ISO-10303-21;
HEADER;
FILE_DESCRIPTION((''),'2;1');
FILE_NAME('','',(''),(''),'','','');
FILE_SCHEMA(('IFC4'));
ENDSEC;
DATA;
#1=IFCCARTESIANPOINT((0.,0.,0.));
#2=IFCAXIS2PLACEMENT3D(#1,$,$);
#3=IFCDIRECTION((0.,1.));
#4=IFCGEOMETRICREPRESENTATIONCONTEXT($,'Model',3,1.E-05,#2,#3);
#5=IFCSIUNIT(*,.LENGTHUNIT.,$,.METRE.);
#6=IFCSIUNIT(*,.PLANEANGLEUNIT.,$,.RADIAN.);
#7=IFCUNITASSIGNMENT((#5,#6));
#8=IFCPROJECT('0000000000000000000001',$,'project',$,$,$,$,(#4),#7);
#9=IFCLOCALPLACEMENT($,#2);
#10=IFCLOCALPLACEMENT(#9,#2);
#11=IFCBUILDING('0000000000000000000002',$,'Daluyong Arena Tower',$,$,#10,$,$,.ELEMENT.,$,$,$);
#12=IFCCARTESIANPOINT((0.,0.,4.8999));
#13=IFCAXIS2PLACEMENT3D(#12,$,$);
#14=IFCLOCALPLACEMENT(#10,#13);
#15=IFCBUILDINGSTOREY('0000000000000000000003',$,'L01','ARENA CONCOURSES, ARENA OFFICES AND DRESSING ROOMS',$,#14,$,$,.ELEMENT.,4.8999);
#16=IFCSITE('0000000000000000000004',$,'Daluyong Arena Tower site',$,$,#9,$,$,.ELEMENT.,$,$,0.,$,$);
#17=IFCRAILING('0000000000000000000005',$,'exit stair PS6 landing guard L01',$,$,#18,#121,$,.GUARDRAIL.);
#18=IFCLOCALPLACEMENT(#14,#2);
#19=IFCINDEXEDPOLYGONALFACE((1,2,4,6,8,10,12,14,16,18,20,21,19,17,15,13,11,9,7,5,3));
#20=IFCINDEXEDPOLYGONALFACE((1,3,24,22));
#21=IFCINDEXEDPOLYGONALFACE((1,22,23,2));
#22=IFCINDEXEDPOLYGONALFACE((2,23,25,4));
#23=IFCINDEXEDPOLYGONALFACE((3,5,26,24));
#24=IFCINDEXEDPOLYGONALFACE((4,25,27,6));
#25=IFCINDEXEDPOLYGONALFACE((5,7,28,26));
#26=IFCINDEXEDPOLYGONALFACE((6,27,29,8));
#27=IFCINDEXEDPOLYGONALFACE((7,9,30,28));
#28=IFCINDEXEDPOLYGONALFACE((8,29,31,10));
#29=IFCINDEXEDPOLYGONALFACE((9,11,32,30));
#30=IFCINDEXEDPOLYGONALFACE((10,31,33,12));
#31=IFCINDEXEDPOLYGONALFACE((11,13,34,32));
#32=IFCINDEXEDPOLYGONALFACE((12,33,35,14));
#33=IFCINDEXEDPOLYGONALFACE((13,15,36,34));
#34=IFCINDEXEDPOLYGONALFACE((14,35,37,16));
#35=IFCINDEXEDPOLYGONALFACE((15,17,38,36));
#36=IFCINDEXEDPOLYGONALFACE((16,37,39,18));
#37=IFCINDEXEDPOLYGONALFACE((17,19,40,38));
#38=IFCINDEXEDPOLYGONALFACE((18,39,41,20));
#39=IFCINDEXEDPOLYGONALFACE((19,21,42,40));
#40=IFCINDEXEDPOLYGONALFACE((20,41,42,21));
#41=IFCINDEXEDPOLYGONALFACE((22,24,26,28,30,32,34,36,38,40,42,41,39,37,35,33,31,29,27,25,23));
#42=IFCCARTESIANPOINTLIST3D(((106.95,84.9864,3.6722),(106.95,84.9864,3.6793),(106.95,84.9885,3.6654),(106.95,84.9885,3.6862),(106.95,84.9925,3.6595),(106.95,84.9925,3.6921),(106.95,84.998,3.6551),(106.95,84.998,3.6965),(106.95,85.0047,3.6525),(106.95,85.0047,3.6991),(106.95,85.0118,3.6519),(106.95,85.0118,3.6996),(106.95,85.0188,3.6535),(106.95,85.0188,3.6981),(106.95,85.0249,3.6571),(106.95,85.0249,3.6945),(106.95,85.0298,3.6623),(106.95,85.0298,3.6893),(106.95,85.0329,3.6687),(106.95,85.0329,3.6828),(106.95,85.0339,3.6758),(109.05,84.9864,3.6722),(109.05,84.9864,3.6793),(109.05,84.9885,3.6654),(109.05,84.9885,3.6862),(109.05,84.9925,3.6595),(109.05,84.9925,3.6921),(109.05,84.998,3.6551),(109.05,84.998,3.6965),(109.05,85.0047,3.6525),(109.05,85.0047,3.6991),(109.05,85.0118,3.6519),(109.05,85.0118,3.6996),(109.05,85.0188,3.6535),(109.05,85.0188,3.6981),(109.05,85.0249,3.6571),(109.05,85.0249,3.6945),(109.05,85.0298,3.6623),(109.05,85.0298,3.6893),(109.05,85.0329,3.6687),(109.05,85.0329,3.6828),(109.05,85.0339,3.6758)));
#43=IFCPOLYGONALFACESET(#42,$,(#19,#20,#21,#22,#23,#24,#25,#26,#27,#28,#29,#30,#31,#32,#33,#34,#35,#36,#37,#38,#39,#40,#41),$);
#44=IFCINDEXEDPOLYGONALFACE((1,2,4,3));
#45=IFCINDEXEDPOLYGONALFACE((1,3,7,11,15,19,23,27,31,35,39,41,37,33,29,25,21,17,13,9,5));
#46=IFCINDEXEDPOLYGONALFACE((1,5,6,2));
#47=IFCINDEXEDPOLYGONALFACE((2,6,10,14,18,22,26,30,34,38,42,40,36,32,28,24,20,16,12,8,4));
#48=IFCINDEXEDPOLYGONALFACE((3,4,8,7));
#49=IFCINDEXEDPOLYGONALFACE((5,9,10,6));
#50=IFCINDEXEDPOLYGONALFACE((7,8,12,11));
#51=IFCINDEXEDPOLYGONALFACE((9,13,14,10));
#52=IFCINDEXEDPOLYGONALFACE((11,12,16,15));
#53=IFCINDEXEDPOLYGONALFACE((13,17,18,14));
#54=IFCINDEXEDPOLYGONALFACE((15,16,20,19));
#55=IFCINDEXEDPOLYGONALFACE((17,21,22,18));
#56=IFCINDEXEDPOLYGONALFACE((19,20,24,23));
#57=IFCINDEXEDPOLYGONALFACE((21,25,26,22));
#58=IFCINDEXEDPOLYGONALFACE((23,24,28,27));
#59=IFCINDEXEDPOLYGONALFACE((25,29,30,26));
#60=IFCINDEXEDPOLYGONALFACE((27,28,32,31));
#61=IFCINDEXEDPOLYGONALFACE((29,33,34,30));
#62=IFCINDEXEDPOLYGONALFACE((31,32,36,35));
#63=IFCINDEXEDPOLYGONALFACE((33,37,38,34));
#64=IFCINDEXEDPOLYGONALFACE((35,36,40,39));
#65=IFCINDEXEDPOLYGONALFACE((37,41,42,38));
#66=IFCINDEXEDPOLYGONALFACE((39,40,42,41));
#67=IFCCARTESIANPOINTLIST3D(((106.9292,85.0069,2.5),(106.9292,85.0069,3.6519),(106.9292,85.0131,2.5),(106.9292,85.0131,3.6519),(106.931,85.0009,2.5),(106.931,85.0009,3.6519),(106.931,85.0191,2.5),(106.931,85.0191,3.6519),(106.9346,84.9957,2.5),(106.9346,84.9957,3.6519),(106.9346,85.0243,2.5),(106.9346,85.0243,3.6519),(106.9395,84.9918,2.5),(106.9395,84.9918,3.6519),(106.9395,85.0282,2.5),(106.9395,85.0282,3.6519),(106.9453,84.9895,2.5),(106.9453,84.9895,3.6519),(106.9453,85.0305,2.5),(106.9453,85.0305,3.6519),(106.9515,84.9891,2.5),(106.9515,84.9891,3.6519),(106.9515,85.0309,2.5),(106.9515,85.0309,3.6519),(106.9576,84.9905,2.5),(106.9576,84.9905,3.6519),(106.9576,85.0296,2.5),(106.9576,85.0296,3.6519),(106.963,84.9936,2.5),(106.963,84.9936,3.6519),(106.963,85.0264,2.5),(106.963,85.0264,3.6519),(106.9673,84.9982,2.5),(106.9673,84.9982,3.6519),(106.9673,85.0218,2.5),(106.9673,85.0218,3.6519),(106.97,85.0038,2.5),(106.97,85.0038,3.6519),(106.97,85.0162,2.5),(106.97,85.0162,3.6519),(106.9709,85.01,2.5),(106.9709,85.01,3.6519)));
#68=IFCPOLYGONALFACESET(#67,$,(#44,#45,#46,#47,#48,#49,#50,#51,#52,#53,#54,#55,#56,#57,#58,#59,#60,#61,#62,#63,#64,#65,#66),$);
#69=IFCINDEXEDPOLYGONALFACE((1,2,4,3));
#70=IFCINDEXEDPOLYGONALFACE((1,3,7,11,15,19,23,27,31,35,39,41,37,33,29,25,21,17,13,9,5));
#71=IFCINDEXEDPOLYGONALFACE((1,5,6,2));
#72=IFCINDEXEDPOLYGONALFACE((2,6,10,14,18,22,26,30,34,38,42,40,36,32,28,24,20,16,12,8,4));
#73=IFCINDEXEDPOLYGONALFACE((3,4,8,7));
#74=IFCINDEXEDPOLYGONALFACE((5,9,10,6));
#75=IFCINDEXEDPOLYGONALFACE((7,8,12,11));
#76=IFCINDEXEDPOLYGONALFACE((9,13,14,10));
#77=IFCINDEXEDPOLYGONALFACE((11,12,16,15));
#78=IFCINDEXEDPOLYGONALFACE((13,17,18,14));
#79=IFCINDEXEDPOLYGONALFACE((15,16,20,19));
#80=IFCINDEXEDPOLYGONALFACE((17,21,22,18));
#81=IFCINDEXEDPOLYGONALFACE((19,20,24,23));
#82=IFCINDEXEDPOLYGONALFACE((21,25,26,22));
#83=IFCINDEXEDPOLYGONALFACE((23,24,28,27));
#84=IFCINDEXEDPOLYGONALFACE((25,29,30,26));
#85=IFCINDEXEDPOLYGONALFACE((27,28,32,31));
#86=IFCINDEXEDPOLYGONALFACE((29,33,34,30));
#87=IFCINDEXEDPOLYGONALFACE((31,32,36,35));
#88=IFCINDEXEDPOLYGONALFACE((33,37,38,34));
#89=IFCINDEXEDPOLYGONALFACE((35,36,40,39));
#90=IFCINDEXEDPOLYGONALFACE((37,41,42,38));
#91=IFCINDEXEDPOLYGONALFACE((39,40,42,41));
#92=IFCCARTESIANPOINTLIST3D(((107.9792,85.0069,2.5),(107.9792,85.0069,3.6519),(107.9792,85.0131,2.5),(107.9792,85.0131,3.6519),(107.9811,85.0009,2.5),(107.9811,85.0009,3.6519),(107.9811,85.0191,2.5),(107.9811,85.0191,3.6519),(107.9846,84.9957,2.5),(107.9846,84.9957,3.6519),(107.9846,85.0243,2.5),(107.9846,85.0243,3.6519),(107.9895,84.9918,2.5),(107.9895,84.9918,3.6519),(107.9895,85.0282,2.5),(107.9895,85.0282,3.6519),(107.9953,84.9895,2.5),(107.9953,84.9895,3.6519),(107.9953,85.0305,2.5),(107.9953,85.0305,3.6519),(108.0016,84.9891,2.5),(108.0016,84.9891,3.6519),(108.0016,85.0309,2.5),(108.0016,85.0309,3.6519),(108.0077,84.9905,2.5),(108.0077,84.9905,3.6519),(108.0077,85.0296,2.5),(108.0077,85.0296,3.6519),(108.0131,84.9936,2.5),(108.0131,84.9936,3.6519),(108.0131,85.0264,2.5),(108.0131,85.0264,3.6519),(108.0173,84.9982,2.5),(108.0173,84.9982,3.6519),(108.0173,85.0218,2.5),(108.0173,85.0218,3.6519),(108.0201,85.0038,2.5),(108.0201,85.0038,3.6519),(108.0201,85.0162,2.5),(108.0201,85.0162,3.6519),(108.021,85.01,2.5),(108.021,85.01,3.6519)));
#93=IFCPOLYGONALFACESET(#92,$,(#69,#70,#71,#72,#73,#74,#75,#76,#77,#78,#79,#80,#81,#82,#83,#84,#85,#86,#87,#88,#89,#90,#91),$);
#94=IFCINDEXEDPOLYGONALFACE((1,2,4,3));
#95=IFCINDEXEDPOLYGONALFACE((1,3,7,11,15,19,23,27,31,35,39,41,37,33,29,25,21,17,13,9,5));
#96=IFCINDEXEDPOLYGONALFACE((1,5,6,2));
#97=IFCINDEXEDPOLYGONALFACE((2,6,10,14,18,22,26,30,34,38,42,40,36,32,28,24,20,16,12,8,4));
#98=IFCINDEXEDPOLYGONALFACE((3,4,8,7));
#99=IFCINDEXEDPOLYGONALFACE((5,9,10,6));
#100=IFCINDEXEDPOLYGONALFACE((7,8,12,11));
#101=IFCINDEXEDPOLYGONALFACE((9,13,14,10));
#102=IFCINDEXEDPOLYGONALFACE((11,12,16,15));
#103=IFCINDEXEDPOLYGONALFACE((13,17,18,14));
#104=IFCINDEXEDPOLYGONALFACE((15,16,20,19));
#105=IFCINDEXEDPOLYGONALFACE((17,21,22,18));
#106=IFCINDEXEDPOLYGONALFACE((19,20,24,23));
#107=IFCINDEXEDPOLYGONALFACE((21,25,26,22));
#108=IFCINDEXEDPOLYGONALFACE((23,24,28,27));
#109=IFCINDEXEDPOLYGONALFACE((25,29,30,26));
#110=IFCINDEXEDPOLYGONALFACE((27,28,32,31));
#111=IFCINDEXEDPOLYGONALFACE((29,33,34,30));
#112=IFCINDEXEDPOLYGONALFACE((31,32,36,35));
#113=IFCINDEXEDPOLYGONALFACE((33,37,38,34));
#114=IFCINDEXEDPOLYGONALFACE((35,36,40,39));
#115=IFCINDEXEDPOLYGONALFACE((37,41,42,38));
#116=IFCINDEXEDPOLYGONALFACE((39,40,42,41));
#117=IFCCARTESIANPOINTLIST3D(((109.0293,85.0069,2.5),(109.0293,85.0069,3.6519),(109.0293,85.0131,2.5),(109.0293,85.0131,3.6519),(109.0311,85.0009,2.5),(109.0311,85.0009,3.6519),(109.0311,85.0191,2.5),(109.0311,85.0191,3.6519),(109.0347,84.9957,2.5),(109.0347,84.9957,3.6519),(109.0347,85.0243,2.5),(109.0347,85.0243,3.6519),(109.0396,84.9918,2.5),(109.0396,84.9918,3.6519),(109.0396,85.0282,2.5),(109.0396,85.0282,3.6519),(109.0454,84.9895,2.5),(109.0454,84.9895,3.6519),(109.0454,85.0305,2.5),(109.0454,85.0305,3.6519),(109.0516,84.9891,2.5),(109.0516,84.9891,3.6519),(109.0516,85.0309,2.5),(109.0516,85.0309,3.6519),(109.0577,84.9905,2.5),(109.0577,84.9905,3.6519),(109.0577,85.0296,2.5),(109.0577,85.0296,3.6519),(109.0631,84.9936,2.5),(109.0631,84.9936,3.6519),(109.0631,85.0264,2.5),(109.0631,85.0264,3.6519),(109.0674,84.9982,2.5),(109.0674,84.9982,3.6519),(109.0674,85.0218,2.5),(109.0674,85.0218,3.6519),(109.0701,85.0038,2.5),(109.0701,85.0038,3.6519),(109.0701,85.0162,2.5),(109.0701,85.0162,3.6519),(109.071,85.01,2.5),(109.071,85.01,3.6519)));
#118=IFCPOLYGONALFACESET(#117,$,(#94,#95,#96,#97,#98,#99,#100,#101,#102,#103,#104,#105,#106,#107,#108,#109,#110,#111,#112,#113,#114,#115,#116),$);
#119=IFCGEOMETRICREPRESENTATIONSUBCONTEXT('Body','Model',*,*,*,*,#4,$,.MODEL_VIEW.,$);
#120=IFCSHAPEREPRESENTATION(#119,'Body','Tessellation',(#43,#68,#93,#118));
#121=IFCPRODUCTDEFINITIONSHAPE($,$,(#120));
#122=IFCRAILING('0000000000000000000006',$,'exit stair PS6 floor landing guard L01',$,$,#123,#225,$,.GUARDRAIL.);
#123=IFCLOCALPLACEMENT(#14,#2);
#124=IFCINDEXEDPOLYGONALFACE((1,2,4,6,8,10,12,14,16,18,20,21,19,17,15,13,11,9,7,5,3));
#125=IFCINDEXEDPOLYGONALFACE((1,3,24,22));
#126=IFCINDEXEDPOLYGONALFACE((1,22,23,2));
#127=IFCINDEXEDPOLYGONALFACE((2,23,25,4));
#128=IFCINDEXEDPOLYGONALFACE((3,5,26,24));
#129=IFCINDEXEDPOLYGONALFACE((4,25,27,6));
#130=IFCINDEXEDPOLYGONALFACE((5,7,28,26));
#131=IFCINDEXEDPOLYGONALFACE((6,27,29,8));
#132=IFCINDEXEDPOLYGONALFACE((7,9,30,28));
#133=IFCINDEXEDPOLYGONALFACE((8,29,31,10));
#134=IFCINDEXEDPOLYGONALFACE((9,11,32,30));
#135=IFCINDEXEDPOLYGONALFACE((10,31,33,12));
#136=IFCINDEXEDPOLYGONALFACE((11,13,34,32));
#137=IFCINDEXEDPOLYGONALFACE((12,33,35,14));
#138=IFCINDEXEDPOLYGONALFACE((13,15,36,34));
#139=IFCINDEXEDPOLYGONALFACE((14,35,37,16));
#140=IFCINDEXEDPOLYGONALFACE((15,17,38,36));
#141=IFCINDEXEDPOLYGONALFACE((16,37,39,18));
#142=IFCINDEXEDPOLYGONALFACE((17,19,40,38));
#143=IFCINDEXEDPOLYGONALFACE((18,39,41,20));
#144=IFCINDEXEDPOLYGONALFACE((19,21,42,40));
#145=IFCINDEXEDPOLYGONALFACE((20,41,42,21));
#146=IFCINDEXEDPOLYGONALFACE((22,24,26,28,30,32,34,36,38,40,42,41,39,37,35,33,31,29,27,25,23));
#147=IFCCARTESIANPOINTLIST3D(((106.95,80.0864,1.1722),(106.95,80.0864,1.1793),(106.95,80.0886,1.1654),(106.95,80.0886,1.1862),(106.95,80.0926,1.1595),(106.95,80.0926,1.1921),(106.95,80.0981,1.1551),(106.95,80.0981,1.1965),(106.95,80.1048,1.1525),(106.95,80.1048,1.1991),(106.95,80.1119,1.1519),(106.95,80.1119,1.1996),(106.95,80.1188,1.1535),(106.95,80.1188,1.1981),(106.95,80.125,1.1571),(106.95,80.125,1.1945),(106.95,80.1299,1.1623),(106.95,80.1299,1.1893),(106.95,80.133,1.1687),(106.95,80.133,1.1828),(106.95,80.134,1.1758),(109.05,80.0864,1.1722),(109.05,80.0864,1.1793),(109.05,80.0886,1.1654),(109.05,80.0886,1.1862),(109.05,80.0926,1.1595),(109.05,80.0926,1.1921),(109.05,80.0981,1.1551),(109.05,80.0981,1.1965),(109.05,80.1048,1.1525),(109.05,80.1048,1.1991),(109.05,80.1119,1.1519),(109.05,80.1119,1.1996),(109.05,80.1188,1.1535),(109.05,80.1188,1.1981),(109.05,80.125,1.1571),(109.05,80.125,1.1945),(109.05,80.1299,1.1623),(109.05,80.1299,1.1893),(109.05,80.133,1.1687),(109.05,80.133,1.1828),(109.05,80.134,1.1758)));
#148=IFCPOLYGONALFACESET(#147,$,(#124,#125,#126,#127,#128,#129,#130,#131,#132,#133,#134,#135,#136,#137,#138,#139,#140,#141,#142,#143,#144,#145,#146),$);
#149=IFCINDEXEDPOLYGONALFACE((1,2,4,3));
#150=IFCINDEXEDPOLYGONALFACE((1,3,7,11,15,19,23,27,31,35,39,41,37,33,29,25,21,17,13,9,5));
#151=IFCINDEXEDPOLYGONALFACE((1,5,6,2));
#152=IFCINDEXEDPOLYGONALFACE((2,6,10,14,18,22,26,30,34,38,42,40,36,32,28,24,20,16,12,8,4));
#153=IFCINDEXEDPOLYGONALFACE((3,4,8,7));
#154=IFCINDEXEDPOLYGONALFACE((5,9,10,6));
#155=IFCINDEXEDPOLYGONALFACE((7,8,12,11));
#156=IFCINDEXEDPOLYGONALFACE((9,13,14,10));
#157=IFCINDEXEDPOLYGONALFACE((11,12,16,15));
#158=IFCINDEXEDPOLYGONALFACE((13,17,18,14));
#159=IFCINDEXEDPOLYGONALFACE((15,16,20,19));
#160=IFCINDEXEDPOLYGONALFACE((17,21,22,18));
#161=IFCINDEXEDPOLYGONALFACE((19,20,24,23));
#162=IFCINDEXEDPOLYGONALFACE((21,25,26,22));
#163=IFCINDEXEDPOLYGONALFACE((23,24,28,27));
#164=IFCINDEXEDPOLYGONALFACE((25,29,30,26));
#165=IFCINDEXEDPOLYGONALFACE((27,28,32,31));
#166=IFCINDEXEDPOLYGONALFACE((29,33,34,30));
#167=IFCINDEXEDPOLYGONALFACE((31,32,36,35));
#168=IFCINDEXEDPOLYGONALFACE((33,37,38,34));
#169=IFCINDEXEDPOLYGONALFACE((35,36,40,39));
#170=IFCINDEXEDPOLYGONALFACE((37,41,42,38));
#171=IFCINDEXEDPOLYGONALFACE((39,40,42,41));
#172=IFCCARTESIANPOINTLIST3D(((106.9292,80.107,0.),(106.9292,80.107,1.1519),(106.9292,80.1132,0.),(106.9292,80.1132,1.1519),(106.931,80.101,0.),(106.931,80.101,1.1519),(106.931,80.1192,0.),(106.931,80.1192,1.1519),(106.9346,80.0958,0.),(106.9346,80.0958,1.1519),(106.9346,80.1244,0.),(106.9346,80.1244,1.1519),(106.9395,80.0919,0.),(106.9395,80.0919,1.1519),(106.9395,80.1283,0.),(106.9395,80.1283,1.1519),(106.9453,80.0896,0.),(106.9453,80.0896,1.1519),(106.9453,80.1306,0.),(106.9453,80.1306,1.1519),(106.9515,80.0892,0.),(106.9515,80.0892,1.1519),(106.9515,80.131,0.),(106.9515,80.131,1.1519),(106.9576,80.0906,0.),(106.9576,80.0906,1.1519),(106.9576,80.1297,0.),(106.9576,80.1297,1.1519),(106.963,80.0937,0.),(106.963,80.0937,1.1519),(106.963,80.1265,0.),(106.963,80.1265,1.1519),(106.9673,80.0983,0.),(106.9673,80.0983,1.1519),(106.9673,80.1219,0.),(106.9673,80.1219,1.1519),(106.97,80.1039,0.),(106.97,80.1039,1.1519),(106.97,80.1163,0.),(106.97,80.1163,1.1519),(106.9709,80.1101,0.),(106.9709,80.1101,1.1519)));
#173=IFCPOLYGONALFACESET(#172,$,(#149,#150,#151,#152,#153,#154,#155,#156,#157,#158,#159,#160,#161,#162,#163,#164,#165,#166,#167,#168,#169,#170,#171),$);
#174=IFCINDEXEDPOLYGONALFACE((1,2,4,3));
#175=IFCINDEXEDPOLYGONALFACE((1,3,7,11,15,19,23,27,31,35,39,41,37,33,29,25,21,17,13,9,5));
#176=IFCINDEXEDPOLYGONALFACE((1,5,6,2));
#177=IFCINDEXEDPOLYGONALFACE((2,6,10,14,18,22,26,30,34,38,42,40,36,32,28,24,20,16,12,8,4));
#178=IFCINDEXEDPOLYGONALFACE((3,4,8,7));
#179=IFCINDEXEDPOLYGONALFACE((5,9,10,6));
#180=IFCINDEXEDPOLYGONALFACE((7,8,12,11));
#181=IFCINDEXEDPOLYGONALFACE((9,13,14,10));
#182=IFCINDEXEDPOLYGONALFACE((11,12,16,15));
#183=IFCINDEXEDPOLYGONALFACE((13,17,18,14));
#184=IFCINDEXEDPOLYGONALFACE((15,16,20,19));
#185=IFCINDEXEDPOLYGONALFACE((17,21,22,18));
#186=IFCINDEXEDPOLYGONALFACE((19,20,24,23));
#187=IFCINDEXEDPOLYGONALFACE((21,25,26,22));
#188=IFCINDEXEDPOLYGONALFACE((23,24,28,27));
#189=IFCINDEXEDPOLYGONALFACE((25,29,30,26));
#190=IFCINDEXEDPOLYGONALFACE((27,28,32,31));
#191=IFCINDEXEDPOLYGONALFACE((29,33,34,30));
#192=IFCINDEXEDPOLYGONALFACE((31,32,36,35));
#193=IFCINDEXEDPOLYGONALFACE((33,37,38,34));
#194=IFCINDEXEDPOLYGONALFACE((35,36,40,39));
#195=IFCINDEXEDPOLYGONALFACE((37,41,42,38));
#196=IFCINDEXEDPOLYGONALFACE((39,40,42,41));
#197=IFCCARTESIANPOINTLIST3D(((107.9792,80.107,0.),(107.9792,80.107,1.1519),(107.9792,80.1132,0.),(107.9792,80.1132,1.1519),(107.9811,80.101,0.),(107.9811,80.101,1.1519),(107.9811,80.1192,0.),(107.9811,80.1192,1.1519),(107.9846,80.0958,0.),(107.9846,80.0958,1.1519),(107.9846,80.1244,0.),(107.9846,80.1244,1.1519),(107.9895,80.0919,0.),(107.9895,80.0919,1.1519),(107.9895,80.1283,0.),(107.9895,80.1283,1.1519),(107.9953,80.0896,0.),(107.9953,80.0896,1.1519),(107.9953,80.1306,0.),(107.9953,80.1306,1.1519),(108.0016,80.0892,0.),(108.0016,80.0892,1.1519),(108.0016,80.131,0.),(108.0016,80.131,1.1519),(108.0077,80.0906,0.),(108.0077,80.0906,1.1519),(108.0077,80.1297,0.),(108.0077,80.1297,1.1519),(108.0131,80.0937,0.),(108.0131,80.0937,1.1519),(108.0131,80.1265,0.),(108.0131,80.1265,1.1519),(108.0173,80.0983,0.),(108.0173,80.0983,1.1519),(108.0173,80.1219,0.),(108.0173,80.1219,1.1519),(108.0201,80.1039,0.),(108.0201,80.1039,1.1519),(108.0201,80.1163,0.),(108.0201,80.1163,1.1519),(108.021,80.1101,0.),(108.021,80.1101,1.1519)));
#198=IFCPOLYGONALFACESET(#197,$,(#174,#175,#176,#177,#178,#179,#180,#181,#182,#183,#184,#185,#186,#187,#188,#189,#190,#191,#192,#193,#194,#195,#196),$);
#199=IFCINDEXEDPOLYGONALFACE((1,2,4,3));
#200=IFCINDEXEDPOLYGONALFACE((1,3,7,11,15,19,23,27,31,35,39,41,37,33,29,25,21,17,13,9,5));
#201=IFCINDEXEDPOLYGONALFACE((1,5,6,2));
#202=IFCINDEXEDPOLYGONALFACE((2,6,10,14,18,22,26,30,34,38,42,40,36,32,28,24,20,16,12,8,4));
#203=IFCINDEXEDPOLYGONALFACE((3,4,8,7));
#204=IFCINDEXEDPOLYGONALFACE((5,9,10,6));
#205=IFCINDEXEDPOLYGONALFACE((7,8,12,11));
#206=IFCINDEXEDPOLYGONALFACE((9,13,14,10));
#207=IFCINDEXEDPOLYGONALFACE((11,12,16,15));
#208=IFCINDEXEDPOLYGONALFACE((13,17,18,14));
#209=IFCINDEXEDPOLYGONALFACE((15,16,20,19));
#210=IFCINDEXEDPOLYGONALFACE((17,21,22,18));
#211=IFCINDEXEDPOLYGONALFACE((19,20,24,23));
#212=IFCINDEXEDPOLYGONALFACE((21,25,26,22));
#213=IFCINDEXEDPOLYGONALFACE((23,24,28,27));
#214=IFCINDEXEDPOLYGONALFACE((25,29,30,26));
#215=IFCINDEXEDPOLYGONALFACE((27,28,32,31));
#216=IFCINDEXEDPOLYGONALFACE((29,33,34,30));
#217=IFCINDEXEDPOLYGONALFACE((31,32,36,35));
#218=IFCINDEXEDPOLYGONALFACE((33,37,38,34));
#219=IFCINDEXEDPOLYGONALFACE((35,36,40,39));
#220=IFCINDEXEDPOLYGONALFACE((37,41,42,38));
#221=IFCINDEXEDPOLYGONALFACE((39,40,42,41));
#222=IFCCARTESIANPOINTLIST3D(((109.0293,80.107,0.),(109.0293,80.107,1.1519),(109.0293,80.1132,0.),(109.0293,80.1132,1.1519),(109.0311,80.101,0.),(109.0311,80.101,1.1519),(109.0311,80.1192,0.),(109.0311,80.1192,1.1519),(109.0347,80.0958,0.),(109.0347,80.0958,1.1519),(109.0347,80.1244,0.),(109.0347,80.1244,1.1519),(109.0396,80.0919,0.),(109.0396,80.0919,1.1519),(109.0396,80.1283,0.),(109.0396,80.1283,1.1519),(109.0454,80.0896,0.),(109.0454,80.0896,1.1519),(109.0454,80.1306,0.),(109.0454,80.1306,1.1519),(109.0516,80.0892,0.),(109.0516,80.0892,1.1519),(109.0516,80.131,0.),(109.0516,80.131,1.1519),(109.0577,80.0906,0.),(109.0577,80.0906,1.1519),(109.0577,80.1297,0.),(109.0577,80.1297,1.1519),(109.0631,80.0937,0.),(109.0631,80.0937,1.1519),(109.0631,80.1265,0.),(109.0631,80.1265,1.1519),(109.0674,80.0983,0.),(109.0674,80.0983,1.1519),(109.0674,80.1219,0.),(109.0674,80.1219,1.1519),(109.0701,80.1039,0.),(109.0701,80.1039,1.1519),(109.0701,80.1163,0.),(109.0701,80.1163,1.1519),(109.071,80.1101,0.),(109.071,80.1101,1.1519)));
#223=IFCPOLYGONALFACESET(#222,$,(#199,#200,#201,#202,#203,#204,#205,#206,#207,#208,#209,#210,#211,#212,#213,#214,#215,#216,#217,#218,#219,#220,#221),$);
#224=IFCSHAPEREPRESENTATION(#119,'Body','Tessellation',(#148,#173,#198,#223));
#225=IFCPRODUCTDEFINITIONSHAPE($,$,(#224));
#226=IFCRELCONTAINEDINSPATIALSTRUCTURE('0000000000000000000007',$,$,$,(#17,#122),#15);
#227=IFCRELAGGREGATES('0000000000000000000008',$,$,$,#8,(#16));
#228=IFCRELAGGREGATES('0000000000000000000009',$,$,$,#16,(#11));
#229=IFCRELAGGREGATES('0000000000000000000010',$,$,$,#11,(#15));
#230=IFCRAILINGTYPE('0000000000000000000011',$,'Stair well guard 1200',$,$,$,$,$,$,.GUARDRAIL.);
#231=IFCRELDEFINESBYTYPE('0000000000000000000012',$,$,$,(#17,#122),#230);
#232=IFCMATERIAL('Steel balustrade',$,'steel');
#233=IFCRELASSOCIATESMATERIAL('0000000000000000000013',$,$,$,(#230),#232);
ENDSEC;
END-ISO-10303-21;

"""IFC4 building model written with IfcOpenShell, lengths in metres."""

from ifc_helpers import new_model, si_unit, direction, frame, origin, origin_2d, place, context, subcontext, project, spatial, circle, extrude, material, type_object, element, save


model = new_model("IFC4")

# Units and contexts
model_context = context("Model", 3, precision=1e-05, world=origin(), true_north=direction((0.0, 1.0)))
body_context = subcontext(model_context, "Body", "Model", "MODEL_VIEW")
ifc_project = project(units=[si_unit("LENGTHUNIT", "METRE"), si_unit("PLANEANGLEUNIT", "RADIAN")], contexts=[model_context])

# Site, building, storey
site_placement = place(None, origin())
site = spatial("IfcSite", under=ifc_project, at=site_placement, Name="Daluyong Arena Tower site", CompositionType="ELEMENT", RefElevation=0.0)
building_placement = place(site_placement, origin())
building = spatial("IfcBuilding", under=site, at=building_placement, Name="Daluyong Arena Tower", CompositionType="ELEMENT")
storey_placement = place(building_placement, frame((0.0, 0.0, 4.8999)))
storey = spatial("IfcBuildingStorey", under=building, at=storey_placement, Name="L01", Description="ARENA CONCOURSES, ARENA OFFICES AND DRESSING ROOMS", CompositionType="ELEMENT", Elevation=4.8999)

# Railings
ifc_material_1 = material(Name="Steel balustrade", Category="steel")
railing_type_1 = type_object("IfcRailingType", Name="Stair well guard 1200", PredefinedType="GUARDRAIL", material=ifc_material_1)
for number, where, name in (
    (1, (106.95, 85.01, 2.5), "exit stair PS6 landing guard L01"),
    (2, (106.95, 80.1101, 0.0), "exit stair PS6 floor landing guard L01"),
):
    element("IfcRailing", number, at=place(storey_placement, frame(where)), inside=storey, type_object=railing_type_1, Name=name, PredefinedType="GUARDRAIL", context=body_context, shape_type="SweptSolid", body=[
        extrude(circle(Radius=0.0239, at=origin_2d()), frame((0.0, 0.0, 1.1758), z_axis=(1.0, 0.0, 0.0), x_axis=(0.0, 1.0, 0.0)), (0.0, 0.0, 1.0), 2.1001),
        extrude(circle(Radius=0.021, at=origin_2d()), origin(), (0.0, 0.0, 1.0), 1.1519),
        extrude(circle(Radius=0.021, at=origin_2d()), frame((1.05, 0.0, 0.0)), (0.0, 0.0, 1.0), 1.1519),
        extrude(circle(Radius=0.021, at=origin_2d()), frame((2.1001, 0.0, 0.0)), (0.0, 0.0, 1.0), 1.1519),
    ])

save(model, "model.ifc")
